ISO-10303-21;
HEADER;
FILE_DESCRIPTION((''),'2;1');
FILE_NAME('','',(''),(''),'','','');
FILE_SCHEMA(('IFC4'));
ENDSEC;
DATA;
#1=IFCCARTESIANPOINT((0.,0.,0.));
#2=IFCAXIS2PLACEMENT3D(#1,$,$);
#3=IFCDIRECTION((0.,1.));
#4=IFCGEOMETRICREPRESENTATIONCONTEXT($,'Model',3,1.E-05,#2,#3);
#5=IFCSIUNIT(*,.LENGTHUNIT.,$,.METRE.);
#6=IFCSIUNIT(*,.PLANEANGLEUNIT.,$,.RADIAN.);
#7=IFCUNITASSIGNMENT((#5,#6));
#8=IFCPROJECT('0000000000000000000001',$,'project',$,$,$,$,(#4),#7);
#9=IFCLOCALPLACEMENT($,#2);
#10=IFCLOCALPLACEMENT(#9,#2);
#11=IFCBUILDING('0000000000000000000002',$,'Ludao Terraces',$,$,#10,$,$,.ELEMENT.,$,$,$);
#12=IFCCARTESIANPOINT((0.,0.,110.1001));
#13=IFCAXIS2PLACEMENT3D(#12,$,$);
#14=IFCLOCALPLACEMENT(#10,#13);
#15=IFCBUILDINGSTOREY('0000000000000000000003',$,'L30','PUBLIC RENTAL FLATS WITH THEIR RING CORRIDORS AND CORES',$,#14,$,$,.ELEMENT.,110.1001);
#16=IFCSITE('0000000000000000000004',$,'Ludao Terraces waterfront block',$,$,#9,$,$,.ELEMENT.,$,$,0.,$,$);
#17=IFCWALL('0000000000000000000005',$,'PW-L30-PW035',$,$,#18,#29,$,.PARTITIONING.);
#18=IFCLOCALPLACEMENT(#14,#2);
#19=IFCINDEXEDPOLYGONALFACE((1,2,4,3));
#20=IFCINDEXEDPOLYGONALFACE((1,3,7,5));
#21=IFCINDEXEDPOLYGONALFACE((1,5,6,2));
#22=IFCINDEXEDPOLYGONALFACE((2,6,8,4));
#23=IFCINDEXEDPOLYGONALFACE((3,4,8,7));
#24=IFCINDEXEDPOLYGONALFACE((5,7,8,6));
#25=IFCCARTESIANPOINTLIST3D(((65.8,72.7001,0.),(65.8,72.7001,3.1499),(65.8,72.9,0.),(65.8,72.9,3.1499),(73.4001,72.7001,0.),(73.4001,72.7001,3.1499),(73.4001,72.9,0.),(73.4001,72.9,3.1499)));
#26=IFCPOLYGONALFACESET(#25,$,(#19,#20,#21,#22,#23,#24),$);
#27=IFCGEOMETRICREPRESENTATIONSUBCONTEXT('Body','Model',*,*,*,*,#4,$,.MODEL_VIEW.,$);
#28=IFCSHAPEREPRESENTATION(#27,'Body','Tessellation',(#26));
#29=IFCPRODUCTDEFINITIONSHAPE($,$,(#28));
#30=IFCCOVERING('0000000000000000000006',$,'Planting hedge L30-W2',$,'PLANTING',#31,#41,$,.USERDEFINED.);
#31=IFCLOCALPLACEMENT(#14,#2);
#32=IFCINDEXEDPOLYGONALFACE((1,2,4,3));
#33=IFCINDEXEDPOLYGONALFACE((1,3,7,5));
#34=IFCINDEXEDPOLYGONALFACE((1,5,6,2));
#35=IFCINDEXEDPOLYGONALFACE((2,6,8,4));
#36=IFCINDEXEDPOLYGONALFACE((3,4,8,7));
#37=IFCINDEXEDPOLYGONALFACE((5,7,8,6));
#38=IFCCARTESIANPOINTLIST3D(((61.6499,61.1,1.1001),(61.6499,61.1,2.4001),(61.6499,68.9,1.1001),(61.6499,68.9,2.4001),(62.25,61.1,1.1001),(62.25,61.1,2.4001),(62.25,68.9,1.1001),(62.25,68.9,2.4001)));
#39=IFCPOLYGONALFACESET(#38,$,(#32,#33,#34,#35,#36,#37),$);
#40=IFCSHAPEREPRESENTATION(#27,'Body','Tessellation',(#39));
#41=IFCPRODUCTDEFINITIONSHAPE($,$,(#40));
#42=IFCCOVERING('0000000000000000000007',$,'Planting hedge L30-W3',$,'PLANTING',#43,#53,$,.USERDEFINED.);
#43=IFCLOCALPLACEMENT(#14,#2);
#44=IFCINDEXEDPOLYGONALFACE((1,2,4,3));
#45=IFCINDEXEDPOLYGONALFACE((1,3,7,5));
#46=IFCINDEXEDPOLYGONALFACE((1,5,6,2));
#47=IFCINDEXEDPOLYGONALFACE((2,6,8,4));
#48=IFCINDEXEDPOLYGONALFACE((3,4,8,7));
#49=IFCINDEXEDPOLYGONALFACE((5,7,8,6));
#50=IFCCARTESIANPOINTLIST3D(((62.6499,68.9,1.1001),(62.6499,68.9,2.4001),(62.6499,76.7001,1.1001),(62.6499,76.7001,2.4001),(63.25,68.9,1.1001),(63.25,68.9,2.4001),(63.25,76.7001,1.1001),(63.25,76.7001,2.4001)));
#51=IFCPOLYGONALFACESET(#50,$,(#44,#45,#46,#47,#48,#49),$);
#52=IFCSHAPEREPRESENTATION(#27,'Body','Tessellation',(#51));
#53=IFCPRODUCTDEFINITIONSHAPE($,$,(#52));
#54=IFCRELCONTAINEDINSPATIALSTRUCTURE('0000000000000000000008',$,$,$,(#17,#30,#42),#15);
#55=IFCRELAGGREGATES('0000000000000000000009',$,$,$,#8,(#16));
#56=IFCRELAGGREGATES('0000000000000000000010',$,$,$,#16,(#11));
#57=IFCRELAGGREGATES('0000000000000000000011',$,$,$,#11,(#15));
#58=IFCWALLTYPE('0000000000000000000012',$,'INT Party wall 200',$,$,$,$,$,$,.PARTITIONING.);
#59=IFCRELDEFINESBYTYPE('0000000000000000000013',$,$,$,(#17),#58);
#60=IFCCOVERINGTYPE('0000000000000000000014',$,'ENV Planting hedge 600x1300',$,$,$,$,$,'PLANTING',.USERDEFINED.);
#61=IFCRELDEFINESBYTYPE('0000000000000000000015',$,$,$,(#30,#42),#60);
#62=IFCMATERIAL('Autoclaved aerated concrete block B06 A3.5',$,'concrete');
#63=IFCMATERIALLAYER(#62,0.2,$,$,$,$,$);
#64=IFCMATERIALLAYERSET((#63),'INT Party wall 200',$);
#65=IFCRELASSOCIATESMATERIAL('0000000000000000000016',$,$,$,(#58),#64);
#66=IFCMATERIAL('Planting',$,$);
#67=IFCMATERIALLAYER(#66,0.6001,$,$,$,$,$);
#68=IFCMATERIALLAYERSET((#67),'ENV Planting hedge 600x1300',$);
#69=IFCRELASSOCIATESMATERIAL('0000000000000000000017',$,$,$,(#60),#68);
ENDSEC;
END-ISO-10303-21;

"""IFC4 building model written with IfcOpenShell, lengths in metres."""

from ifc_helpers import new_model, si_unit, direction, frame, frame_2d, origin, origin_2d, place, context, subcontext, project, spatial, rectangle, extrude, material, layer, layer_set, type_object, element, save


model = new_model("IFC4")

# Units and contexts
model_context = context("Model", 3, precision=1e-05, world=origin(), true_north=direction((0.0, 1.0)))
body_context = subcontext(model_context, "Body", "Model", "MODEL_VIEW")
ifc_project = project(units=[si_unit("LENGTHUNIT", "METRE"), si_unit("PLANEANGLEUNIT", "RADIAN")], contexts=[model_context])

# Site, building, storey
site_placement = place(None, origin())
site = spatial("IfcSite", under=ifc_project, at=site_placement, Name="Ludao Terraces waterfront block", CompositionType="ELEMENT", RefElevation=0.0)
building_placement = place(site_placement, origin())
building = spatial("IfcBuilding", under=site, at=building_placement, Name="Ludao Terraces", CompositionType="ELEMENT")
storey_placement = place(building_placement, frame((0.0, 0.0, 110.1001)))
storey = spatial("IfcBuildingStorey", under=building, at=storey_placement, Name="L30", Description="PUBLIC RENTAL FLATS WITH THEIR RING CORRIDORS AND CORES", CompositionType="ELEMENT", Elevation=110.1001)

# Wall
ifc_material_1 = material(Name="Autoclaved aerated concrete block B06 A3.5", Category="concrete")
ifc_layer_1 = layer(ifc_material_1, 0.2)
ifc_layer_set_1 = layer_set([ifc_layer_1], Name="INT Party wall 200")
wall_type_1 = type_object("IfcWallType", Name="INT Party wall 200", PredefinedType="PARTITIONING", material=ifc_layer_set_1)
wall_1_placement = place(storey_placement, frame((65.8, 72.8, 0.0), z_axis=(0.0, 0.0, 1.0), x_axis=(1.0, 0.0, 0.0)))
element("IfcWall", 1, at=wall_1_placement, inside=storey, type_object=wall_type_1, Name="PW-L30-PW035", PredefinedType="PARTITIONING", context=body_context, shape_type="SweptSolid", body=[
    extrude(rectangle(XDim=7.6001, YDim=0.2, at=frame_2d((3.8, 0.0))), origin(), (0.0, 0.0, 1.0), 3.1499),
])

# Coverings
ifc_material_2 = material(Name="Planting")
ifc_layer_2 = layer(ifc_material_2, 0.6001)
ifc_layer_set_2 = layer_set([ifc_layer_2], Name="ENV Planting hedge 600x1300")
covering_type = type_object("IfcCoveringType", Name="ENV Planting hedge 600x1300", ElementType="PLANTING", PredefinedType="USERDEFINED", material=ifc_layer_set_2)
for number, where, z_axis, x_axis, name in (
    (2, (61.95, 65.0, 1.1001), (0.0, 0.0, 1.0), (1.0, 0.0, 0.0), "Planting hedge L30-W2"),
    (3, (62.95, 72.8, 1.1001), (0.0, 0.0, 1.0), (1.0, 0.0, 0.0), "Planting hedge L30-W3"),
):
    element("IfcCovering", number, at=place(storey_placement, frame(where, z_axis=z_axis, x_axis=x_axis)), inside=storey, type_object=covering_type, Name=name, ObjectType="PLANTING", PredefinedType="USERDEFINED", context=body_context, shape_type="SweptSolid", body=[
        extrude(rectangle(XDim=0.6001, YDim=7.8, at=origin_2d()), origin(), (0.0, 0.0, 1.0), 1.3),
    ])

save(model, "model.ifc")
